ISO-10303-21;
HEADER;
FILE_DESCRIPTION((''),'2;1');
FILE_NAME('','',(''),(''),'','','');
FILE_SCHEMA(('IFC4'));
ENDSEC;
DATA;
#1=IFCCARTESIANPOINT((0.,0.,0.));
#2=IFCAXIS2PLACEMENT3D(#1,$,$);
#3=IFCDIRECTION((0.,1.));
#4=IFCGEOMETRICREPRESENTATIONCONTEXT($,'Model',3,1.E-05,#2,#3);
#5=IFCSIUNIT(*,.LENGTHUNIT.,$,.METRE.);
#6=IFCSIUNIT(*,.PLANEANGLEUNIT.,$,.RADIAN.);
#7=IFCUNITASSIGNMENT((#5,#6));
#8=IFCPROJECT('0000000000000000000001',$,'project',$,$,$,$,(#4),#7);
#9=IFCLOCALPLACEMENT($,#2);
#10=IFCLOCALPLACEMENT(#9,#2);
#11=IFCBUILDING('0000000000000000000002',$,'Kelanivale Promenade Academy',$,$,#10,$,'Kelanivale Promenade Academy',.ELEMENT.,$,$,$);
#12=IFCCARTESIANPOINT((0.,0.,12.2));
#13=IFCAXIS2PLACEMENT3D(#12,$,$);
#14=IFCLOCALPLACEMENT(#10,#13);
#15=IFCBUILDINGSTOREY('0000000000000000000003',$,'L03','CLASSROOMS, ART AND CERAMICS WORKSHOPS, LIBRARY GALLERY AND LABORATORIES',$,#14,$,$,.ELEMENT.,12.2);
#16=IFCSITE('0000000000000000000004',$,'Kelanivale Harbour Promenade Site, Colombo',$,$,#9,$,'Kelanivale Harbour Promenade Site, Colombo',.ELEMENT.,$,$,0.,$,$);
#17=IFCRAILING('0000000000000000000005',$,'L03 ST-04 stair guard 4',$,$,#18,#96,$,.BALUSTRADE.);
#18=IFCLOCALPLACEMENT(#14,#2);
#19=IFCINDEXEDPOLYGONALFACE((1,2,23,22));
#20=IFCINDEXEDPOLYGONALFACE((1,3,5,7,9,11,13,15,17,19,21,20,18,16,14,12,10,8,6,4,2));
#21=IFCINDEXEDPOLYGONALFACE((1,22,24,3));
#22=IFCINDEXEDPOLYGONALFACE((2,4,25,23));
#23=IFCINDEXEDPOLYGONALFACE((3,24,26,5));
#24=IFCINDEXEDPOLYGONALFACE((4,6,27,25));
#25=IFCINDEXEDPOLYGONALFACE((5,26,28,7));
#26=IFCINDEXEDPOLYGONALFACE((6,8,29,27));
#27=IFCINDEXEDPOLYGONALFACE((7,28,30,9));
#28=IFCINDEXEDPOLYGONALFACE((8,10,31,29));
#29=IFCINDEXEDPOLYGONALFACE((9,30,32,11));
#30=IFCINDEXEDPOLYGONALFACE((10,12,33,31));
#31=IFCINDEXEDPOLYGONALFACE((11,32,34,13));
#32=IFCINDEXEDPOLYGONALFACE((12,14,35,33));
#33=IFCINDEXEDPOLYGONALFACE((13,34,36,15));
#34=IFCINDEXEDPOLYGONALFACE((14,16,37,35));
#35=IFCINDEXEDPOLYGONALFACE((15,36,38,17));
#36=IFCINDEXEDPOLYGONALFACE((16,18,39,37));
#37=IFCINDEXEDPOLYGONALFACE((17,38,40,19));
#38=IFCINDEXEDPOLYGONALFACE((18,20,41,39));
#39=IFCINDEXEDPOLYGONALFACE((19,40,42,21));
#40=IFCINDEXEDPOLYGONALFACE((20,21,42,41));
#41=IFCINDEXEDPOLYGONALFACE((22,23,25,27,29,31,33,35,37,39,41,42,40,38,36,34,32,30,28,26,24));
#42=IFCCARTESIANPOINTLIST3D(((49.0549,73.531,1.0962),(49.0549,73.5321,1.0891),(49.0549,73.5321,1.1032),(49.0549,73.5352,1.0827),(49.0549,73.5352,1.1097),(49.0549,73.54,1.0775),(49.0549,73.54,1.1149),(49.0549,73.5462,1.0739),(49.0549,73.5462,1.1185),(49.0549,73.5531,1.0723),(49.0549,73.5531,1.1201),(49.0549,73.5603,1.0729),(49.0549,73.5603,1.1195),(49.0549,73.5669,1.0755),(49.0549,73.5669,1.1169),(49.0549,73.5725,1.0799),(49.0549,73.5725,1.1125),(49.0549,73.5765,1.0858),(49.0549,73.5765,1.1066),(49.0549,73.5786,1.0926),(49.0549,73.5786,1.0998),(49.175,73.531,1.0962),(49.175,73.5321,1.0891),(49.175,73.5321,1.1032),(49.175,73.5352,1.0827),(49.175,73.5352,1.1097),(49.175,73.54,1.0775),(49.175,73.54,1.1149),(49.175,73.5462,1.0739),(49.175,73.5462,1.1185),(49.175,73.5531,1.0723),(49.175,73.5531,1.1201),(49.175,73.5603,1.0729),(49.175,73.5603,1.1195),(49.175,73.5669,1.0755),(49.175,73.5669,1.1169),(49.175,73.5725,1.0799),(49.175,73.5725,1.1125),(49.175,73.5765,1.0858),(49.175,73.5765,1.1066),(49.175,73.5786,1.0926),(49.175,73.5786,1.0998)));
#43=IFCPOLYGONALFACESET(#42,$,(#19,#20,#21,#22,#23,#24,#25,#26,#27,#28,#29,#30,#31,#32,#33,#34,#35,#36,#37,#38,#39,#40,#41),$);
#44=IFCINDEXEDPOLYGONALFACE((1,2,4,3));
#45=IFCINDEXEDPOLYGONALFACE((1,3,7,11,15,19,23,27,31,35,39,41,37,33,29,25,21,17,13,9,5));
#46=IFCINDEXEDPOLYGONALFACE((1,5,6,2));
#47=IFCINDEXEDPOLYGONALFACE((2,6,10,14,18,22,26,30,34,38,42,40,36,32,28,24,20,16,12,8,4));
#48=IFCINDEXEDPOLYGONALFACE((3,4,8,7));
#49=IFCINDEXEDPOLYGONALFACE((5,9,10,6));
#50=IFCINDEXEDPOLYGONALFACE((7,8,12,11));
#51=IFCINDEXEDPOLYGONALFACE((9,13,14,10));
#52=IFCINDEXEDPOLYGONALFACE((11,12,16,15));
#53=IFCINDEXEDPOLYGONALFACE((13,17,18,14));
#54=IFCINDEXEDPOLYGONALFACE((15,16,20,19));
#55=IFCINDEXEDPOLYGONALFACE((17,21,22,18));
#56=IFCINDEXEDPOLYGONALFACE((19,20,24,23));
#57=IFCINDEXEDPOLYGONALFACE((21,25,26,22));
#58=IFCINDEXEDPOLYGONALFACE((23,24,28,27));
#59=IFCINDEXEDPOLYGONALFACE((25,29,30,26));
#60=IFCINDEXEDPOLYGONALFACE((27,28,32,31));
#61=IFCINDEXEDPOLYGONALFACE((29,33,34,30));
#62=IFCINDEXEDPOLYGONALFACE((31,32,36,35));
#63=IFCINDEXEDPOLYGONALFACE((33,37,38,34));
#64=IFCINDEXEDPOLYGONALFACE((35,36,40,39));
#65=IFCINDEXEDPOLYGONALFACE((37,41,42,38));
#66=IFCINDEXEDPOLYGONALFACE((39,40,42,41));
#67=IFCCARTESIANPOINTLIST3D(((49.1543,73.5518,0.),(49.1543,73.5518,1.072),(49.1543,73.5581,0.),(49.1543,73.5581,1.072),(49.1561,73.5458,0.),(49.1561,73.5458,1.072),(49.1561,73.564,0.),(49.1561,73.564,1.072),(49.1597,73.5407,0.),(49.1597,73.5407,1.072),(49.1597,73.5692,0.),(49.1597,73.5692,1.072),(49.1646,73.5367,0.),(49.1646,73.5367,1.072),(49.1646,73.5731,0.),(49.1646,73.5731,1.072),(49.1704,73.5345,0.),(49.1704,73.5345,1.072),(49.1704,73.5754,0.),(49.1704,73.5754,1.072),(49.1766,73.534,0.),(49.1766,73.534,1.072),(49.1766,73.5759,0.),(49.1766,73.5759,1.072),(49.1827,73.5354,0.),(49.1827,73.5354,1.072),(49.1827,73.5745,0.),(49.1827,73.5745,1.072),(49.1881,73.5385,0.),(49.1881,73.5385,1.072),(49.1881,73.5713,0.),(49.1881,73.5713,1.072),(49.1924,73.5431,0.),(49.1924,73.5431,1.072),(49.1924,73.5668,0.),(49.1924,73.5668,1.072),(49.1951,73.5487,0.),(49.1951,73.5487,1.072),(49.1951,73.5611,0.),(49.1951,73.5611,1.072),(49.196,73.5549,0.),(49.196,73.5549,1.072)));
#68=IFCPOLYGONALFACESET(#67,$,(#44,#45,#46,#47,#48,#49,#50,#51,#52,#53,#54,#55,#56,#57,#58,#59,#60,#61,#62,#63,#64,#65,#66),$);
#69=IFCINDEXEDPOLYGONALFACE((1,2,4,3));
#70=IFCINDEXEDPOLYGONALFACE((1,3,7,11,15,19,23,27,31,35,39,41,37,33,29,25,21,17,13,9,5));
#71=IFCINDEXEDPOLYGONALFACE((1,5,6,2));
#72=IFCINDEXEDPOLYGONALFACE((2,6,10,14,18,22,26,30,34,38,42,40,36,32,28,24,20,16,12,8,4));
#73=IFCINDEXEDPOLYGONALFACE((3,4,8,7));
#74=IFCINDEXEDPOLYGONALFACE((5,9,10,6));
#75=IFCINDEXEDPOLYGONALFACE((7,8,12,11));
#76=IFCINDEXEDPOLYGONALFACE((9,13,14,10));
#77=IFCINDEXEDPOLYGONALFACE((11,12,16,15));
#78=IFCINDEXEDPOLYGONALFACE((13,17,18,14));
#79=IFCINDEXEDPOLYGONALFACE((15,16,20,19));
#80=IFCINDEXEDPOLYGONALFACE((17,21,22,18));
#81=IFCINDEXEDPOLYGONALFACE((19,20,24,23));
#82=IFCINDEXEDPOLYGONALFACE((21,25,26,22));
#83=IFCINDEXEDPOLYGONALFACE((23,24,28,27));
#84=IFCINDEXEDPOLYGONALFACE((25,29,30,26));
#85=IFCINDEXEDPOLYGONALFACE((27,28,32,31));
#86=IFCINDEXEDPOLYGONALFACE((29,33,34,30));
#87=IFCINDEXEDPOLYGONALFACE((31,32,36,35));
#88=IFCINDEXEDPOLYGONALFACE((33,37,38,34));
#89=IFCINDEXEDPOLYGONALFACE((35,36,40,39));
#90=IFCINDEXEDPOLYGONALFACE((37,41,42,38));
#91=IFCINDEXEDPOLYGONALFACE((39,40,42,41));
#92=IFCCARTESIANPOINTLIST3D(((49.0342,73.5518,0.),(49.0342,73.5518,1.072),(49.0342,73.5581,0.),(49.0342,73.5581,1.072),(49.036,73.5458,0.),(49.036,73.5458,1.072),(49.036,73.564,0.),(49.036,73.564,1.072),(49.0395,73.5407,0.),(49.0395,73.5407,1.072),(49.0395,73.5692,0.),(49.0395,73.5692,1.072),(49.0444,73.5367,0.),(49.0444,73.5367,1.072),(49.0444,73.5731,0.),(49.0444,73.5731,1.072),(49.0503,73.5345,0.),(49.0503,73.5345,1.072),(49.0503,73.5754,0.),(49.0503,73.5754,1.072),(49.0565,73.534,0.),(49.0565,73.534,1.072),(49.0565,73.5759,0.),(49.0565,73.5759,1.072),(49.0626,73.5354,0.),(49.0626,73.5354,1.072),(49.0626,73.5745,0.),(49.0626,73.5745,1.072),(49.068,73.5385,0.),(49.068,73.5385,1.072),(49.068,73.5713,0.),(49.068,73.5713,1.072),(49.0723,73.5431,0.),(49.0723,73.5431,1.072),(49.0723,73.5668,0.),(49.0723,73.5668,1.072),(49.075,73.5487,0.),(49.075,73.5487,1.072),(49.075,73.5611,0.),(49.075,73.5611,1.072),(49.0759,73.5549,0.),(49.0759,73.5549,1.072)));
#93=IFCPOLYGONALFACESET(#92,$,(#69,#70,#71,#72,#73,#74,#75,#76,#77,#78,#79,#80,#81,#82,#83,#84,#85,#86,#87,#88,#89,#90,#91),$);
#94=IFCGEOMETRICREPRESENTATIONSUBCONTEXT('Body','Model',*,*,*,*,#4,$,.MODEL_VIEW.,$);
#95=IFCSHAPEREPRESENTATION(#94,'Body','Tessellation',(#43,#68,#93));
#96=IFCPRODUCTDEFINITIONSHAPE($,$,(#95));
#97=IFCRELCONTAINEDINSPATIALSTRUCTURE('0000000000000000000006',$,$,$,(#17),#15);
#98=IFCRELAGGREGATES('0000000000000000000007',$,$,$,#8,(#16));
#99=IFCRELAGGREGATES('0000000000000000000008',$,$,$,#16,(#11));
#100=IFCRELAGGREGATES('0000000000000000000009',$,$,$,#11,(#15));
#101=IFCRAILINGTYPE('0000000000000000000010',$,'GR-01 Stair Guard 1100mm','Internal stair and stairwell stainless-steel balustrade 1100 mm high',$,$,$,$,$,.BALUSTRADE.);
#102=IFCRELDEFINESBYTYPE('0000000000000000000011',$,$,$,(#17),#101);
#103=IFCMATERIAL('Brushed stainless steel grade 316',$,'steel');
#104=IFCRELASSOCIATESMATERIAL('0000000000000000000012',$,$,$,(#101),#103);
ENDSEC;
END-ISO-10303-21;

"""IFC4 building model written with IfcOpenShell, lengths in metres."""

from ifc_helpers import new_model, si_unit, direction, frame, origin, origin_2d, place, context, subcontext, project, spatial, circle, extrude, material, type_object, element, save


model = new_model("IFC4")

# Units and contexts
model_context = context("Model", 3, precision=1e-05, world=origin(), true_north=direction((0.0, 1.0)))
body_context = subcontext(model_context, "Body", "Model", "MODEL_VIEW")
ifc_project = project(units=[si_unit("LENGTHUNIT", "METRE"), si_unit("PLANEANGLEUNIT", "RADIAN")], contexts=[model_context])

# Site, building, storey
site_placement = place(None, origin())
site = spatial("IfcSite", under=ifc_project, at=site_placement, Name="Kelanivale Harbour Promenade Site, Colombo", LongName="Kelanivale Harbour Promenade Site, Colombo", CompositionType="ELEMENT", RefElevation=0.0)
building_placement = place(site_placement, origin())
building = spatial("IfcBuilding", under=site, at=building_placement, Name="Kelanivale Promenade Academy", LongName="Kelanivale Promenade Academy", CompositionType="ELEMENT")
storey_placement = place(building_placement, frame((0.0, 0.0, 12.2)))
storey = spatial("IfcBuildingStorey", under=building, at=storey_placement, Name="L03", Description="CLASSROOMS, ART AND CERAMICS WORKSHOPS, LIBRARY GALLERY AND LABORATORIES", CompositionType="ELEMENT", Elevation=12.2)

# Railing
ifc_material_1 = material(Name="Brushed stainless steel grade 316", Category="steel")
railing_type = type_object("IfcRailingType", Name="GR-01 Stair Guard 1100mm", Description="Internal stair and stairwell stainless-steel balustrade 1100 mm high", PredefinedType="BALUSTRADE", material=ifc_material_1)
railing_1_placement = place(storey_placement, frame((49.175, 73.5549, 0.0)))
element("IfcRailing", 1, at=railing_1_placement, inside=storey, type_object=railing_type, Name="L03 ST-04 stair guard 4", PredefinedType="BALUSTRADE", context=body_context, shape_type="SweptSolid", body=[
    extrude(circle(Radius=0.0239, at=origin_2d()), frame((0.0, 0.0, 1.0962), z_axis=(-1.0, 0.0, 0.0), x_axis=(0.0, -1.0, 0.0)), (0.0, 0.0, 1.0), 0.1201),
    extrude(circle(Radius=0.021, at=origin_2d()), origin(), (0.0, 0.0, 1.0), 1.072),
    extrude(circle(Radius=0.021, at=origin_2d()), frame((-0.1201, 0.0, 0.0)), (0.0, 0.0, 1.0), 1.072),
])

save(model, "model.ifc")
